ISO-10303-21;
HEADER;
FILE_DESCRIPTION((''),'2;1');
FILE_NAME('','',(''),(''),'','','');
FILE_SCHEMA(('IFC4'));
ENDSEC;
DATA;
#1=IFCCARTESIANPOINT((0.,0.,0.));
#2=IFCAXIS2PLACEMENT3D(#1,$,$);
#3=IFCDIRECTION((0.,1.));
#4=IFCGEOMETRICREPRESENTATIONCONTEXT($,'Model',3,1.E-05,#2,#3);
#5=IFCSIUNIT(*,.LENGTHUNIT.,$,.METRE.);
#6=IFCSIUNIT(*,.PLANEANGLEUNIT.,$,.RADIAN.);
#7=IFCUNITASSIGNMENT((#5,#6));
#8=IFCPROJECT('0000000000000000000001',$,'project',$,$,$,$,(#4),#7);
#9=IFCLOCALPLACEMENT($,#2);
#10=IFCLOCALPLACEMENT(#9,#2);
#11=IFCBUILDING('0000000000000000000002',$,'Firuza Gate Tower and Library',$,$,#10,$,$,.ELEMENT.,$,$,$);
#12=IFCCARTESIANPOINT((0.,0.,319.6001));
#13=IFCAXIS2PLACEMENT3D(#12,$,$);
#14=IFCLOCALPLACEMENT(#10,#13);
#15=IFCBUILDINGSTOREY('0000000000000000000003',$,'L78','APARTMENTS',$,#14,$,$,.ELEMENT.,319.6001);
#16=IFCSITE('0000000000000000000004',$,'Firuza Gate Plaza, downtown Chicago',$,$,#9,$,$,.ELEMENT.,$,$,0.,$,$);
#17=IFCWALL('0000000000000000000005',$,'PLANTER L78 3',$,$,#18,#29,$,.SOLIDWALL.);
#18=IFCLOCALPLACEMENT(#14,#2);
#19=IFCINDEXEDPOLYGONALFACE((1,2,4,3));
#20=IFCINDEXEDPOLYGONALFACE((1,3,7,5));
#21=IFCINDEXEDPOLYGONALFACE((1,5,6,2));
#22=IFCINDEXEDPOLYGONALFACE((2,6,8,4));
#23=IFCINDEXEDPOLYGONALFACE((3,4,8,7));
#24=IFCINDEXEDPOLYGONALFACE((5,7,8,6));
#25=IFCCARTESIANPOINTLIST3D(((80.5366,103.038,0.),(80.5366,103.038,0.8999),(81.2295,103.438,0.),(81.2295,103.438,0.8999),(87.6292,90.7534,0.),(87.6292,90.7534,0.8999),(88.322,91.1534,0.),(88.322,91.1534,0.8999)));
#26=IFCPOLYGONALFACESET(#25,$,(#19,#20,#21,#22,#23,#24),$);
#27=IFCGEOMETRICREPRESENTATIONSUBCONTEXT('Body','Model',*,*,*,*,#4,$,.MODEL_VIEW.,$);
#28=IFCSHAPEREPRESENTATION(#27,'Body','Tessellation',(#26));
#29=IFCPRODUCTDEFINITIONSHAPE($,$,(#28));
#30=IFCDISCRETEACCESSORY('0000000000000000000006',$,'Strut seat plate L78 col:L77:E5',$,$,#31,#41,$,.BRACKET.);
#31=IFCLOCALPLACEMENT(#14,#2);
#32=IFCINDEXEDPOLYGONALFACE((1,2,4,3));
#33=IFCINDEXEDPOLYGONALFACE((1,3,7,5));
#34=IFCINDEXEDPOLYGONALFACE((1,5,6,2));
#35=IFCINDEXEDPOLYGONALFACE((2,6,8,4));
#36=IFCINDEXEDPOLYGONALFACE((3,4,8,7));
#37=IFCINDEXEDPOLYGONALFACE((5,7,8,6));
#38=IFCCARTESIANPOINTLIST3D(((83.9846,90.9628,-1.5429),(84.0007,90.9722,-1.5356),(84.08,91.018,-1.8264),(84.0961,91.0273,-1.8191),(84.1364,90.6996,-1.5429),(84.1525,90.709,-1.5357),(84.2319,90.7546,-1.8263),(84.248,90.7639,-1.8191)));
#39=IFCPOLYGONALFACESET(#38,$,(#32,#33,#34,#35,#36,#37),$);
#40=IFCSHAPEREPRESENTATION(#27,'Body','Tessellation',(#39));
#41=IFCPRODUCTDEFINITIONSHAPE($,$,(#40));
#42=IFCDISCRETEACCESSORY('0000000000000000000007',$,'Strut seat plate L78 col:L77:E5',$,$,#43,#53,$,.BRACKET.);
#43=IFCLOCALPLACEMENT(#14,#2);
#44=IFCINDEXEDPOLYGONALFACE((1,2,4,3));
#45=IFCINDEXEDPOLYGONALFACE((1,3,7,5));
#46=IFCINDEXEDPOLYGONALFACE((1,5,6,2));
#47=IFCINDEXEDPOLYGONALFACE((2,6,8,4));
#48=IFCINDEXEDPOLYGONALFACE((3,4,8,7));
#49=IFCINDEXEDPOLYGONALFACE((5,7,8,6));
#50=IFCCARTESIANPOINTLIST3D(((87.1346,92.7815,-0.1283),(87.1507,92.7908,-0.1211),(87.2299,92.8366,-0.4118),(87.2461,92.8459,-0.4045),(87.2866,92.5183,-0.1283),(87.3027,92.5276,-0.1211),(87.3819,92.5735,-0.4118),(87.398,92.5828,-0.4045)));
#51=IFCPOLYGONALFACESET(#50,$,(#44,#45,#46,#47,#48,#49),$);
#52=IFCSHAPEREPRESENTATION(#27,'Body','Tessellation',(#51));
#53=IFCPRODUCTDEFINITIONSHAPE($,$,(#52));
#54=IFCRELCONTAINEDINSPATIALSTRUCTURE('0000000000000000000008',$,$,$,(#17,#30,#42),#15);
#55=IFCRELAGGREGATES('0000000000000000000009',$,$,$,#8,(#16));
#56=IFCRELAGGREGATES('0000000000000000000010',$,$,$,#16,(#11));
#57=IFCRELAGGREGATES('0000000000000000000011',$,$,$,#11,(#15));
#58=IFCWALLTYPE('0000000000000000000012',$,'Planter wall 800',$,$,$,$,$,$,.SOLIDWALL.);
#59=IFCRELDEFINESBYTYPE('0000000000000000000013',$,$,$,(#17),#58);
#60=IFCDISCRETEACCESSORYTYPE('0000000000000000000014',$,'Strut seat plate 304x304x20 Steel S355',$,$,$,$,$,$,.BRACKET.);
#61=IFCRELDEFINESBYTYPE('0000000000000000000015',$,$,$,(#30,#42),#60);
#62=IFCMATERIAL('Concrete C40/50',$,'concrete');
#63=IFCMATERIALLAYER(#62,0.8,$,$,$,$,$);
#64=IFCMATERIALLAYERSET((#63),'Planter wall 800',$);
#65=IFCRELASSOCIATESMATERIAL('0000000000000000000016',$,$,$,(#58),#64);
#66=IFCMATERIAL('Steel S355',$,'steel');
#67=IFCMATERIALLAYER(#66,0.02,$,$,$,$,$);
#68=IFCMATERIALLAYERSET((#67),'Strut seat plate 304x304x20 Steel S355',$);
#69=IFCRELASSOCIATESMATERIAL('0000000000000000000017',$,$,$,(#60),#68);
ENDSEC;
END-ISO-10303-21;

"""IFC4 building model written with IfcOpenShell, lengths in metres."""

from ifc_helpers import new_model, si_unit, direction, frame, frame_2d, origin, place, context, subcontext, project, spatial, polyline, rectangle, outline, extrude, material, layer, layer_set, type_object, element, save


model = new_model("IFC4")

# Units and contexts
model_context = context("Model", 3, precision=1e-05, world=origin(), true_north=direction((0.0, 1.0)))
body_context = subcontext(model_context, "Body", "Model", "MODEL_VIEW")
ifc_project = project(units=[si_unit("LENGTHUNIT", "METRE"), si_unit("PLANEANGLEUNIT", "RADIAN")], contexts=[model_context])

# Site, building, storey
site_placement = place(None, origin())
site = spatial("IfcSite", under=ifc_project, at=site_placement, Name="Firuza Gate Plaza, downtown Chicago", CompositionType="ELEMENT", RefElevation=0.0)
building_placement = place(site_placement, origin())
building = spatial("IfcBuilding", under=site, at=building_placement, Name="Firuza Gate Tower and Library", CompositionType="ELEMENT")
storey_placement = place(building_placement, frame((0.0, 0.0, 319.6001)))
storey = spatial("IfcBuildingStorey", under=building, at=storey_placement, Name="L78", Description="APARTMENTS", CompositionType="ELEMENT", Elevation=319.6001)

# Wall
ifc_material_1 = material(Name="Concrete C40/50", Category="concrete")
ifc_layer_1 = layer(ifc_material_1, 0.8)
ifc_layer_set_1 = layer_set([ifc_layer_1], Name="Planter wall 800")
wall_type_1 = type_object("IfcWallType", Name="Planter wall 800", PredefinedType="SOLIDWALL", material=ifc_layer_set_1)
wall_1_placement = place(storey_placement, frame((87.9756, 90.9534, 0.0), z_axis=(0.0, 0.0, 1.0), x_axis=(-0.499999, 0.866026, 0.0)))
element("IfcWall", 1, at=wall_1_placement, inside=storey, type_object=wall_type_1, Name="PLANTER L78 3", PredefinedType="SOLIDWALL", context=body_context, shape_type="SweptSolid", body=[
    extrude(rectangle(XDim=14.1851, YDim=0.8, at=frame_2d((7.0925, 0.0))), origin(), (0.0, 0.0, 1.0), 0.8999),
])

# Discrete accessories
ifc_material_2 = material(Name="Steel S355", Category="steel")
ifc_layer_2 = layer(ifc_material_2, 0.02)
ifc_layer_set_2 = layer_set([ifc_layer_2], Name="Strut seat plate 304x304x20 Steel S355")
discrete_accessory_type = type_object("IfcDiscreteAccessoryType", Name="Strut seat plate 304x304x20 Steel S355", PredefinedType="BRACKET", material=ifc_layer_set_2)
discrete_accessory_1_placement = place(storey_placement, frame((84.0007, 90.9722, -1.5356), z_axis=(0.807389, 0.465643, 0.362353), x_axis=(0.499618, -0.866246, -0.000068)))
element("IfcDiscreteAccessory", 2, at=discrete_accessory_1_placement, inside=storey, type_object=discrete_accessory_type, Name="Strut seat plate L78 col:L77:E5", PredefinedType="BRACKET", context=body_context, shape_type="SweptSolid", body=[
    extrude(outline(polyline([(0.0, 0.0), (0.3039, 0.0), (0.304, 0.3041), (-0.0001, 0.3041), (0.0, 0.0)])), origin(), (0.0, 0.0, -1.0), 0.02),
])
discrete_accessory_2_placement = place(storey_placement, frame((87.3027, 92.5276, -0.1211), z_axis=(0.807176, 0.466111, 0.362225), x_axis=(-0.50011, 0.865962, 0.000117)))
element("IfcDiscreteAccessory", 3, at=discrete_accessory_2_placement, inside=storey, type_object=discrete_accessory_type, Name="Strut seat plate L78 col:L77:E5", PredefinedType="BRACKET", context=body_context, shape_type="SweptSolid", body=[
    extrude(outline(polyline([(0.0, 0.0), (0.304, 0.0), (0.304, -0.3041), (0.0001, -0.3041), (0.0, 0.0)])), origin(), (0.0, 0.0, -1.0), 0.02),
])

save(model, "model.ifc")
